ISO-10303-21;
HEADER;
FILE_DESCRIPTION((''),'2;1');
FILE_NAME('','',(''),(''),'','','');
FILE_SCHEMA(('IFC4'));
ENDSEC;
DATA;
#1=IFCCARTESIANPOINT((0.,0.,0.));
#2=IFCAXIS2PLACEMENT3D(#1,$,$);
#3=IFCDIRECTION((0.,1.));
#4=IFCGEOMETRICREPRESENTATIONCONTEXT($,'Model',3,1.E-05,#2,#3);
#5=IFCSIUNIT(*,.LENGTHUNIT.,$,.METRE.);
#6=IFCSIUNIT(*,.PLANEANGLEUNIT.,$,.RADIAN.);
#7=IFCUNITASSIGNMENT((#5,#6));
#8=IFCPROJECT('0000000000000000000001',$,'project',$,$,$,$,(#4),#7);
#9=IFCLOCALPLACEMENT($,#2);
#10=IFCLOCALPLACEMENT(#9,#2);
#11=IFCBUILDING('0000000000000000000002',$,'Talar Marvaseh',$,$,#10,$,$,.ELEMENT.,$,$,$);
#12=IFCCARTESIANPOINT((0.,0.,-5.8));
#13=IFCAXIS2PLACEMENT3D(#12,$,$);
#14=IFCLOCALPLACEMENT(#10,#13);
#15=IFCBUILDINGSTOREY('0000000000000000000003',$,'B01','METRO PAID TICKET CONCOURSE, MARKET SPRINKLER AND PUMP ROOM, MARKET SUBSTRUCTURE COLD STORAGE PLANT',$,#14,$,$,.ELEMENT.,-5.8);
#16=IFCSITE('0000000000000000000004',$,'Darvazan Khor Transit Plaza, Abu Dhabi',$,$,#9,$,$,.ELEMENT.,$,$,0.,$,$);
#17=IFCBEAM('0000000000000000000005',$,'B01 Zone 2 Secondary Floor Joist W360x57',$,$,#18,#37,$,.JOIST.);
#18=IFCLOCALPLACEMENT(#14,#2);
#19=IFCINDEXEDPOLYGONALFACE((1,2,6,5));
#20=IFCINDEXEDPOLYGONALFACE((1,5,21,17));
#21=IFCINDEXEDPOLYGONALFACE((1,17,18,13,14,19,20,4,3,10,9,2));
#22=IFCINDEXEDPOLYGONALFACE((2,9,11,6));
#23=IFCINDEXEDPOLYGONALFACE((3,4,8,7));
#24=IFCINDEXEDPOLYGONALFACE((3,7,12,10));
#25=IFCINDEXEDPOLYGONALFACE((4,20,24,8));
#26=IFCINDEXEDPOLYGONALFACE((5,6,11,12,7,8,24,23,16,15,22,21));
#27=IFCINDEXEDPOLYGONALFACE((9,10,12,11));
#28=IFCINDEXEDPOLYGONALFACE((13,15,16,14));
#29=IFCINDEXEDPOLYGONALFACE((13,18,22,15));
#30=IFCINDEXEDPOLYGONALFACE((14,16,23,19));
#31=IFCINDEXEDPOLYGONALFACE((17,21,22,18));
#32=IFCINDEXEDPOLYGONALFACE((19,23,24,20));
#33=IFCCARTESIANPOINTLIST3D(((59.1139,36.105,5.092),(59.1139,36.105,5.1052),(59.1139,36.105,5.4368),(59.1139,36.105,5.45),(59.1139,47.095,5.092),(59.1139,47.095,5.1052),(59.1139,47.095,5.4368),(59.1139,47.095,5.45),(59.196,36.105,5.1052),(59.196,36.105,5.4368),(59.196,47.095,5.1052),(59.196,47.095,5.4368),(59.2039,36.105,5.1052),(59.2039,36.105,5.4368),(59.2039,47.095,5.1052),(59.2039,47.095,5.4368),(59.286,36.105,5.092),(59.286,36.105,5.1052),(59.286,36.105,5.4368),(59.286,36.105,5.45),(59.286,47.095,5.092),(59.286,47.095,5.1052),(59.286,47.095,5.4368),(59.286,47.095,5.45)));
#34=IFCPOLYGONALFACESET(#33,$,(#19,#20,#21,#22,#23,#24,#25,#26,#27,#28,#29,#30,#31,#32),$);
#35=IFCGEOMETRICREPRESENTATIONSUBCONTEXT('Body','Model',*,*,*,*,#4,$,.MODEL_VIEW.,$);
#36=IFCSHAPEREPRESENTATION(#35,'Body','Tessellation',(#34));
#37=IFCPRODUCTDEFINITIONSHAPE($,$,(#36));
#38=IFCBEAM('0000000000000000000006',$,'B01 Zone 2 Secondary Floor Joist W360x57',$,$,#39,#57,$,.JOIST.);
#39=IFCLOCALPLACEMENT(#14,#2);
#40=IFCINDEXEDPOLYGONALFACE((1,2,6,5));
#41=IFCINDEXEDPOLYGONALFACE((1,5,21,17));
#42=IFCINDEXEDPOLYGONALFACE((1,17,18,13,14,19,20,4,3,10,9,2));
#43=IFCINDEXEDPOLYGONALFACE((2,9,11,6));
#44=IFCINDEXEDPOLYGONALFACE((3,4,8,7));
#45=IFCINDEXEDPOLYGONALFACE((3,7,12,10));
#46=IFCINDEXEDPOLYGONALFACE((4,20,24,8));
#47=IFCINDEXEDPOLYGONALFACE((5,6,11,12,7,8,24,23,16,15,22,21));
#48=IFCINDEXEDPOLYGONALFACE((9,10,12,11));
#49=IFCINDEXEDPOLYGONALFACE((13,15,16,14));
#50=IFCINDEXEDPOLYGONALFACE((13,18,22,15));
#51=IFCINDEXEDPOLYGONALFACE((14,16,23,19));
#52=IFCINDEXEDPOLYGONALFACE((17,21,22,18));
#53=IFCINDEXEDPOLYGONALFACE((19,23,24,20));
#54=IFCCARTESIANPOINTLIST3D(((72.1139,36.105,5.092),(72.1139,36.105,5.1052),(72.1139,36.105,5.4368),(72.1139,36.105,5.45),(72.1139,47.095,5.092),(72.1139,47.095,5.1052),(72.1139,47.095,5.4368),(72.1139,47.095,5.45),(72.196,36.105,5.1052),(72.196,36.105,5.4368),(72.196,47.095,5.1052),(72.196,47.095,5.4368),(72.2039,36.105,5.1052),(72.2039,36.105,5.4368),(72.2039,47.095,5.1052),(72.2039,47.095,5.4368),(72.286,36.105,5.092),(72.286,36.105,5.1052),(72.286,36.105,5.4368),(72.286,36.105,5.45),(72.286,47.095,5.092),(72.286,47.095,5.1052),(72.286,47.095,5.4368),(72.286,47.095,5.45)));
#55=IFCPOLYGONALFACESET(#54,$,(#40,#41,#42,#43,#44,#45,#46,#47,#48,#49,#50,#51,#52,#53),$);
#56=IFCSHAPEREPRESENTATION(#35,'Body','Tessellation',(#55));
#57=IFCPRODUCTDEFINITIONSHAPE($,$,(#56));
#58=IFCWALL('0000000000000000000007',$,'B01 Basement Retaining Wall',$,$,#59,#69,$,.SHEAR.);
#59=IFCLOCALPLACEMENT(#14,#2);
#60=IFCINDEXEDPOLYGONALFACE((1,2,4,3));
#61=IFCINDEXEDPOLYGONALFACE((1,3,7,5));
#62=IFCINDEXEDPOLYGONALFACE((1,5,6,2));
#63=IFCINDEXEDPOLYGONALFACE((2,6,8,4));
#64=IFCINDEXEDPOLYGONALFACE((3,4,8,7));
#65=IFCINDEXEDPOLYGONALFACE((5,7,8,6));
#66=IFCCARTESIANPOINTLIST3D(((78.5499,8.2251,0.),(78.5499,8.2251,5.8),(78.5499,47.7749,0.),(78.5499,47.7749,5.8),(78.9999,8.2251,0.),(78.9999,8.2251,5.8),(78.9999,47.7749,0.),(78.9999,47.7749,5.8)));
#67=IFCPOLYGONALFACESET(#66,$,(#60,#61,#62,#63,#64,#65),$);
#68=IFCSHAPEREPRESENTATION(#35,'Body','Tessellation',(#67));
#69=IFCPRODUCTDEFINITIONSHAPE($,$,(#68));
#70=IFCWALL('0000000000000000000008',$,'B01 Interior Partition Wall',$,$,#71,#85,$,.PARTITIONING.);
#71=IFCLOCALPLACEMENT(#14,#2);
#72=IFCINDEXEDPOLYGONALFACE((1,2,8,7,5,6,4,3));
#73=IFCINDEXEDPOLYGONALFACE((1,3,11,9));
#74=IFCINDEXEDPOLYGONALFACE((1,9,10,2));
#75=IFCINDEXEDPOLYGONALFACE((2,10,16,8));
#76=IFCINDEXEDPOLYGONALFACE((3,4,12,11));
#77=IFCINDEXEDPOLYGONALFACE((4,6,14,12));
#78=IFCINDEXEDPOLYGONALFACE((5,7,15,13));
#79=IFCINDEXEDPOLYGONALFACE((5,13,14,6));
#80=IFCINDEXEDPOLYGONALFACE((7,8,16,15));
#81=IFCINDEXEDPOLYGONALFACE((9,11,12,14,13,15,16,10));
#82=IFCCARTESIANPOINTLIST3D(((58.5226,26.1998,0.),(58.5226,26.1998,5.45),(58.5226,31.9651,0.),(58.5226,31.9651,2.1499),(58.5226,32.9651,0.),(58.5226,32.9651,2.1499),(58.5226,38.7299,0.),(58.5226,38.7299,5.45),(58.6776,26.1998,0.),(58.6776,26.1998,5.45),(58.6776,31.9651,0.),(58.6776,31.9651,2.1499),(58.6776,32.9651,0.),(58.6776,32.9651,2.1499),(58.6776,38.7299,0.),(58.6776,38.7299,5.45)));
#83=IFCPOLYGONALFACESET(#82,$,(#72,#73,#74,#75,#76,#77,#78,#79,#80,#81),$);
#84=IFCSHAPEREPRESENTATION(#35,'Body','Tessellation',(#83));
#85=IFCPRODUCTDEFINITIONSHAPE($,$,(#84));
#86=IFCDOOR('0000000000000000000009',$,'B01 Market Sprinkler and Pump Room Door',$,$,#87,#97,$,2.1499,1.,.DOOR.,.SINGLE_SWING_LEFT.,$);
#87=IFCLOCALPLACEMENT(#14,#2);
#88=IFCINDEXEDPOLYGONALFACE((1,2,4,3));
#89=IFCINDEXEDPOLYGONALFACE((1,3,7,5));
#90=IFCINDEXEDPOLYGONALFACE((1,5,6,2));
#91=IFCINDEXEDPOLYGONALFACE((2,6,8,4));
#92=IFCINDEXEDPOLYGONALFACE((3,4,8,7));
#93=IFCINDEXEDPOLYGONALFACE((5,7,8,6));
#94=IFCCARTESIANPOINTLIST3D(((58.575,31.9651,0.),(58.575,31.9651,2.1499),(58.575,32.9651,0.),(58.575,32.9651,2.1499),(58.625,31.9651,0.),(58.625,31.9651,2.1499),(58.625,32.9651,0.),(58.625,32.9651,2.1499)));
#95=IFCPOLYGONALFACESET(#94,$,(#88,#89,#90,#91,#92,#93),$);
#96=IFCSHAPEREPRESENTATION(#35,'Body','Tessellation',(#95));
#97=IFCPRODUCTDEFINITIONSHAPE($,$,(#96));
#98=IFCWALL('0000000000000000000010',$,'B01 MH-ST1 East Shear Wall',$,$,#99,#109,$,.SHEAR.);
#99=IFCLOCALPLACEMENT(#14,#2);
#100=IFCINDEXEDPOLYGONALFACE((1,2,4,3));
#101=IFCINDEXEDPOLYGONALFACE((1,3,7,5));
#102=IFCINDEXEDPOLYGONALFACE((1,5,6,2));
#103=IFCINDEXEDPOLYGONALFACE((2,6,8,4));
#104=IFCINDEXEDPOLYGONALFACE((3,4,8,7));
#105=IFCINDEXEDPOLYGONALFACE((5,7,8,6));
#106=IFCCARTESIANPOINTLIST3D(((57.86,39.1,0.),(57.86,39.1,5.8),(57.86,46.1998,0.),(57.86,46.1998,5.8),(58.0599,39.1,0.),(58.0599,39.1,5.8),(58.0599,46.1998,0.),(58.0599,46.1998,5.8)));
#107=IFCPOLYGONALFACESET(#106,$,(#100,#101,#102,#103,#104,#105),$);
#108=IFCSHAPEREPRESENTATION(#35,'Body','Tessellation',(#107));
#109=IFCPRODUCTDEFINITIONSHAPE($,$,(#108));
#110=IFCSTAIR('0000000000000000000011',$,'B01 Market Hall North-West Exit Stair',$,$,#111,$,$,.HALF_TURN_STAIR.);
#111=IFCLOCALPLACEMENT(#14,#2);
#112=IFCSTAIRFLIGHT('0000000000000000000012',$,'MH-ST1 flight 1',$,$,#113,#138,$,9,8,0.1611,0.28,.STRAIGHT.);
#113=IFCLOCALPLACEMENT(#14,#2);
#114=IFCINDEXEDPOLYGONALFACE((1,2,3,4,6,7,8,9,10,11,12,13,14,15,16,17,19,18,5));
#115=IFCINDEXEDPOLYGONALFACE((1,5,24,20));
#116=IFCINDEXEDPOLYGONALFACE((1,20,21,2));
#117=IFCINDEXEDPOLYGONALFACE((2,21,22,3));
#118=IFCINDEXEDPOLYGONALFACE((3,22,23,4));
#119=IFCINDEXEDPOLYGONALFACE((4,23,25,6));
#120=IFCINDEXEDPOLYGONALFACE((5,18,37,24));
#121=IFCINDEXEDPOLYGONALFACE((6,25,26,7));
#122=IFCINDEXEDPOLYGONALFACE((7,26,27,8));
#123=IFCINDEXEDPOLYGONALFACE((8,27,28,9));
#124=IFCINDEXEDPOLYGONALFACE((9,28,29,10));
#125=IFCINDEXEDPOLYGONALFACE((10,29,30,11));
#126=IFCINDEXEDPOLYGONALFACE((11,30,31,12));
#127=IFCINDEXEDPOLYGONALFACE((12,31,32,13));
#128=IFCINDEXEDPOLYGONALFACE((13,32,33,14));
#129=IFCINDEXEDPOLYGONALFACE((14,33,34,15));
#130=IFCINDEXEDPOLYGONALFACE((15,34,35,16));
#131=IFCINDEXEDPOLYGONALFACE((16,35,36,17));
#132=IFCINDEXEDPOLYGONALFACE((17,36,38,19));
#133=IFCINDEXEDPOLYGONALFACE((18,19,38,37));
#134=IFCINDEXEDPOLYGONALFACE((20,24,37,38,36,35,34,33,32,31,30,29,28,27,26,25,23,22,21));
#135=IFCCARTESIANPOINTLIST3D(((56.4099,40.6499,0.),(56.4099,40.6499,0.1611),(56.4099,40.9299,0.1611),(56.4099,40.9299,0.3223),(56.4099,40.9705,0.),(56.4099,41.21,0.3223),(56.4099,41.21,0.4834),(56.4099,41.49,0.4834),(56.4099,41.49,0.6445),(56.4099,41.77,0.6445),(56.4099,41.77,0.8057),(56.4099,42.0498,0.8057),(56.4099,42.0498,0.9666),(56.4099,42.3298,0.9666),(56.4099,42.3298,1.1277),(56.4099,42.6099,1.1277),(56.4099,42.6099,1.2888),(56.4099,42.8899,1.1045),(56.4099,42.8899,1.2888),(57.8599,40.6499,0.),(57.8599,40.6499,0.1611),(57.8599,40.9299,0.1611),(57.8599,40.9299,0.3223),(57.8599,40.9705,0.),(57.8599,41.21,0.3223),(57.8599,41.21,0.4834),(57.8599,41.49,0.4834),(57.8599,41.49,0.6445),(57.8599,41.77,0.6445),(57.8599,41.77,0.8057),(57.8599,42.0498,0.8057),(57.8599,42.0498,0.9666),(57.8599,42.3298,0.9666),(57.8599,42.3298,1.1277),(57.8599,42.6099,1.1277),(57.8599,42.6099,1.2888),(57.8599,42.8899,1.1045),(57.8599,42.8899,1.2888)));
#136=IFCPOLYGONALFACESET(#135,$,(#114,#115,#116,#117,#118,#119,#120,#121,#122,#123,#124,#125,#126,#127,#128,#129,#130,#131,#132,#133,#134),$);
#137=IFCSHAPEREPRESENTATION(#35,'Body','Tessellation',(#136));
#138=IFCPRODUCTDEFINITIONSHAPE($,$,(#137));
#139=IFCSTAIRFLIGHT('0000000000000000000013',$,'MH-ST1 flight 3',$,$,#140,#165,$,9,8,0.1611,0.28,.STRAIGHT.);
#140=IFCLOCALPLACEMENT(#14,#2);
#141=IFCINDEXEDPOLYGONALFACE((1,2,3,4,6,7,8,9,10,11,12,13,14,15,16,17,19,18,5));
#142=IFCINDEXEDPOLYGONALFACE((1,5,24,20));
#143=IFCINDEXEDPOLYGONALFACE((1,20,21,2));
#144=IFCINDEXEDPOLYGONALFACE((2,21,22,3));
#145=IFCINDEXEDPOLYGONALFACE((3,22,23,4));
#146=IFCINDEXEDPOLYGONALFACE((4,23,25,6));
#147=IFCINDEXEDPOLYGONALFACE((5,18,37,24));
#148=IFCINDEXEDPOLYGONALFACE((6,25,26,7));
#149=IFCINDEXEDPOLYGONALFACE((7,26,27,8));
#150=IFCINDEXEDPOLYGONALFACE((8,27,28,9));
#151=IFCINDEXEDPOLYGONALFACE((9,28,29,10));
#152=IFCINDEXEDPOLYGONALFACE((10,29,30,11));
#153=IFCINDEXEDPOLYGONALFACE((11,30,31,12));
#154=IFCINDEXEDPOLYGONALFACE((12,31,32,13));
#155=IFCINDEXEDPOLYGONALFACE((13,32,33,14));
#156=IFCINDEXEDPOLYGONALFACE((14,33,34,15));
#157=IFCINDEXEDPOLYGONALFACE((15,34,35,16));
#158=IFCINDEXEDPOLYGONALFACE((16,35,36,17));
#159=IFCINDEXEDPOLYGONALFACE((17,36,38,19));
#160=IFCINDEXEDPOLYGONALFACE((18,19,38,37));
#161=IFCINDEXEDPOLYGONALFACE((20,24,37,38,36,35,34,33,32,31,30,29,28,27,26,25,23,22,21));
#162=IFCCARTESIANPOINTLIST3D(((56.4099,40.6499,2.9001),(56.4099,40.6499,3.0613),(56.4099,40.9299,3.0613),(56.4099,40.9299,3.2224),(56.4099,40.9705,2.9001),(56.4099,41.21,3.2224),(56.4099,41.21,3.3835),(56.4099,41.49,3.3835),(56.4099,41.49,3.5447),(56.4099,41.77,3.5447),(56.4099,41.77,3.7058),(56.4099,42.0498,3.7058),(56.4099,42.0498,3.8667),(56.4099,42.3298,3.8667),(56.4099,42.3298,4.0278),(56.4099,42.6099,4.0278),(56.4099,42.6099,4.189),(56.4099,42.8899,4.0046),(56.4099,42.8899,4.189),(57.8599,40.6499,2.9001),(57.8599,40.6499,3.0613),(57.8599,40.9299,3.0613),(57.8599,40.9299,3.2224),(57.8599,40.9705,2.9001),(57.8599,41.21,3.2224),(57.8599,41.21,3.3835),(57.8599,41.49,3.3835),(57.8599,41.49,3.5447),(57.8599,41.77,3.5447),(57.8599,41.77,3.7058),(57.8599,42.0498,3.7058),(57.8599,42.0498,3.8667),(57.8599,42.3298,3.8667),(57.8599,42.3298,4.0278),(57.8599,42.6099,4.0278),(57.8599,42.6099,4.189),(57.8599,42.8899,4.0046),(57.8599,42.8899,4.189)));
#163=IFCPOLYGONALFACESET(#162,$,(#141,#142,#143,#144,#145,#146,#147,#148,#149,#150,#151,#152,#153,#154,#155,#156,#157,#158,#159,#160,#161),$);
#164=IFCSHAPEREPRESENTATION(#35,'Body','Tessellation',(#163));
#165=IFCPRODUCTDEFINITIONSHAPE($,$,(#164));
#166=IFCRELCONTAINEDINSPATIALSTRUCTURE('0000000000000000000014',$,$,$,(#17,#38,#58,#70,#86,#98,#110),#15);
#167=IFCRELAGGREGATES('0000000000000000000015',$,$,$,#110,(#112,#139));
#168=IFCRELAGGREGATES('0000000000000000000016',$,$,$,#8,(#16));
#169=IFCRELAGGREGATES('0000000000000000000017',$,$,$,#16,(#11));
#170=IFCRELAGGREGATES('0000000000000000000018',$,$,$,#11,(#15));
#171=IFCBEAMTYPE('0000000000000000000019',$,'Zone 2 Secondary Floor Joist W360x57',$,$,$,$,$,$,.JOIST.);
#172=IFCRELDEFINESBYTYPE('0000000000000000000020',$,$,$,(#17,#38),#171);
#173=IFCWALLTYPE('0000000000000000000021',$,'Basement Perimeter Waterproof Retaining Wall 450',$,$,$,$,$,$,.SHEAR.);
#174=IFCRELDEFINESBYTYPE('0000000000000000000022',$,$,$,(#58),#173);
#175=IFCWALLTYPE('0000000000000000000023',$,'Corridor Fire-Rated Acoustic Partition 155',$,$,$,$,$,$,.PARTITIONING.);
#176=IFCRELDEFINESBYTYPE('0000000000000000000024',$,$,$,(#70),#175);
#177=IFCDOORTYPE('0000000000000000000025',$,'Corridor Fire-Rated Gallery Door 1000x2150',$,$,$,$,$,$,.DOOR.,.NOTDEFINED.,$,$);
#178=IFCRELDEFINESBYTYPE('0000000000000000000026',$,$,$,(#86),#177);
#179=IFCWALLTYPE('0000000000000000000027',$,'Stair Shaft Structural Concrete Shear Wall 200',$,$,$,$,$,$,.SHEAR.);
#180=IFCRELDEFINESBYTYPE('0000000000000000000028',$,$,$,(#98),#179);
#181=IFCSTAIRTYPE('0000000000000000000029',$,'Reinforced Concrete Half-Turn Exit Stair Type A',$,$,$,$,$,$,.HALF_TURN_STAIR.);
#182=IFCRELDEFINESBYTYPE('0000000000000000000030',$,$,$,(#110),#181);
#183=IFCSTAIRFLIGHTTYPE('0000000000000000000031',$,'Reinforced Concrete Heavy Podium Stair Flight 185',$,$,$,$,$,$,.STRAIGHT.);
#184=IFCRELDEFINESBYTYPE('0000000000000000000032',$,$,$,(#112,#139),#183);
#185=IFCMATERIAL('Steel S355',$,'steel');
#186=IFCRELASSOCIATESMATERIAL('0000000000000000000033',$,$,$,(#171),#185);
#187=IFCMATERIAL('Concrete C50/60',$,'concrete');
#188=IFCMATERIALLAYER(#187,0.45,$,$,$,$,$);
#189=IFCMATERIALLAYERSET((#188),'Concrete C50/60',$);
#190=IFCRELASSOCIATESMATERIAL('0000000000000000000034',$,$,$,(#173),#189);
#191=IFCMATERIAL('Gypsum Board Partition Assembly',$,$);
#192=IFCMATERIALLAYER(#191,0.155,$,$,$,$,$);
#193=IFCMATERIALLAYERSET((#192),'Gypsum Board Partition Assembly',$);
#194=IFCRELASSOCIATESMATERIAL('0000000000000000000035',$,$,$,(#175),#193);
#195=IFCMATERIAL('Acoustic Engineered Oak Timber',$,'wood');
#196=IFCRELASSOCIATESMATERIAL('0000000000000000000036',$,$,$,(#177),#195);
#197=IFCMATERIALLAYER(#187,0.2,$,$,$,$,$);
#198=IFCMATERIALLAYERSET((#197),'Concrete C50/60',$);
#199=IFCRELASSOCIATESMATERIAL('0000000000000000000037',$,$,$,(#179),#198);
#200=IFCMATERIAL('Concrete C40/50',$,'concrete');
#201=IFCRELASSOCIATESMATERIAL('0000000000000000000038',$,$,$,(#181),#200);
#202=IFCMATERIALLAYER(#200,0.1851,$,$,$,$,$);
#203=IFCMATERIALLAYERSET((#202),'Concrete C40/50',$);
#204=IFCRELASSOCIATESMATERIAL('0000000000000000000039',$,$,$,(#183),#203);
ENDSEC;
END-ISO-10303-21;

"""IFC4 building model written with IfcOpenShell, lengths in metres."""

from ifc_helpers import new_model, si_unit, direction, frame, frame_2d, origin, origin_2d, place, context, subcontext, project, spatial, polyline, rectangle, i_section, outline, extrude, source, transform, mapped, material, layer, layer_set, material_profile, profile_set, type_object, type_shapes, element, fill, aggregate, save


model = new_model("IFC4")

# Units and contexts
model_context = context("Model", 3, precision=1e-05, world=origin(), true_north=direction((0.0, 1.0)))
body_context = subcontext(model_context, "Body", "Model", "MODEL_VIEW")
ifc_project = project(units=[si_unit("LENGTHUNIT", "METRE"), si_unit("PLANEANGLEUNIT", "RADIAN")], contexts=[model_context])

# Site, building, storey
site_placement = place(None, origin())
site = spatial("IfcSite", under=ifc_project, at=site_placement, Name="Darvazan Khor Transit Plaza, Abu Dhabi", CompositionType="ELEMENT", RefElevation=0.0)
building_placement = place(site_placement, origin())
building = spatial("IfcBuilding", under=site, at=building_placement, Name="Talar Marvaseh", CompositionType="ELEMENT")
storey_placement = place(building_placement, frame((0.0, 0.0, -5.8)))
storey = spatial("IfcBuildingStorey", under=building, at=storey_placement, Name="B01", Description="METRO PAID TICKET CONCOURSE, MARKET SPRINKLER AND PUMP ROOM, MARKET SUBSTRUCTURE COLD STORAGE PLANT", CompositionType="ELEMENT", Elevation=-5.8)

# Shared definitions
ifc_material_1 = material(Name="Concrete C40/50", Category="concrete")

# Beams
ifc_material_2 = material(Name="Steel S355", Category="steel")
ifc_material_profile_1 = material_profile(ifc_material_2, i_section(OverallWidth=0.1721, OverallDepth=0.3579, WebThickness=0.0078, FlangeThickness=0.0132, at=origin_2d()), Name="W360x57")
ifc_profile_set_1 = profile_set([ifc_material_profile_1], Name="Steel S355")
beam_type_1 = type_object("IfcBeamType", Name="Zone 2 Secondary Floor Joist W360x57", PredefinedType="JOIST", material=ifc_profile_set_1)
for number, where, z_axis, x_axis, name in (
    (1, (59.2, 36.105, 5.271), (0.0, 1.0, 0.0), (-1.0, 0.0, 0.0), "B01 Zone 2 Secondary Floor Joist W360x57"),
    (2, (72.2, 36.105, 5.271), (0.0, 1.0, 0.0), (-1.0, 0.0, 0.0), "B01 Zone 2 Secondary Floor Joist W360x57"),
):
    element("IfcBeam", number, at=place(storey_placement, frame(where, z_axis=z_axis, x_axis=x_axis)), inside=storey, type_object=beam_type_1, Name=name, PredefinedType="JOIST", context=body_context, shape_type="SweptSolid", body=[
        extrude(i_section(OverallWidth=0.1721, OverallDepth=0.3579, WebThickness=0.0078, FlangeThickness=0.0132, at=origin_2d()), origin(), (0.0, 0.0, 1.0), 10.99),
    ])

# Wall
ifc_material_3 = material(Name="Concrete C50/60", Category="concrete")
ifc_layer_1 = layer(ifc_material_3, 0.45)
ifc_layer_set_1 = layer_set([ifc_layer_1], Name="Concrete C50/60")
wall_type_1 = type_object("IfcWallType", Name="Basement Perimeter Waterproof Retaining Wall 450", PredefinedType="SHEAR", material=ifc_layer_set_1)
wall_1_placement = place(storey_placement, frame((78.7749, 47.7749, 0.0), z_axis=(0.0, 0.0, 1.0), x_axis=(0.0, -1.0, 0.0)))
element("IfcWall", 3, at=wall_1_placement, inside=storey, type_object=wall_type_1, Name="B01 Basement Retaining Wall", PredefinedType="SHEAR", context=body_context, shape_type="SweptSolid", body=[
    extrude(rectangle(XDim=39.5498, YDim=0.45, at=frame_2d((19.7749, 0.0))), origin(), (0.0, 0.0, 1.0), 5.8),
])

# Wall, opening, door
ifc_material_4 = material(Name="Gypsum Board Partition Assembly")
ifc_layer_2 = layer(ifc_material_4, 0.155)
ifc_layer_set_2 = layer_set([ifc_layer_2], Name="Gypsum Board Partition Assembly")
wall_type_2 = type_object("IfcWallType", Name="Corridor Fire-Rated Acoustic Partition 155", PredefinedType="PARTITIONING", material=ifc_layer_set_2)
wall_2_placement = place(storey_placement, frame((58.6001, 38.73, 0.0), z_axis=(0.0, 0.0, 1.0), x_axis=(0.0, -1.0, 0.0)))
wall_2 = element("IfcWall", 4, at=wall_2_placement, inside=storey, type_object=wall_type_2, Name="B01 Interior Partition Wall", PredefinedType="PARTITIONING", context=body_context, shape_type="SweptSolid", body=[
    extrude(rectangle(XDim=12.53, YDim=0.155, at=frame_2d((6.2651, 0.0))), origin(), (0.0, 0.0, 1.0), 5.45),
])
opening_1_placement = place(wall_2_placement, frame((5.7649, 0.0, 0.0)))
opening_1 = element("IfcOpeningElement", 5, at=opening_1_placement, cuts=wall_2, PredefinedType="OPENING", context=body_context, shape_type="SweptSolid", body=[
    extrude(rectangle(XDim=1.0, YDim=2.1499, at=frame_2d((0.5, 1.075))), frame((0.0, 0.0874, 0.0), z_axis=(0.0, -1.0, 0.0), x_axis=(1.0, 0.0, 0.0)), (0.0, 0.0, 1.0), 0.175),
])
ifc_material_5 = material(Name="Acoustic Engineered Oak Timber", Category="wood")
door_type_1 = type_object("IfcDoorType", Name="Corridor Fire-Rated Gallery Door 1000x2150", OperationType="NOTDEFINED", PredefinedType="DOOR", material=ifc_material_5)
shared_shape_1 = source(origin(), body_context, "Body", "SweptSolid", [
    extrude(rectangle(XDim=1.0, YDim=2.1499, at=frame_2d((0.5, 1.075))), frame((0.0, 0.0249, 0.0), z_axis=(0.0, -1.0, 0.0), x_axis=(1.0, 0.0, 0.0)), (0.0, 0.0, 1.0), 0.05),
])
type_shapes(door_type_1, [shared_shape_1])
door_1_placement = place(opening_1_placement, origin())
door_1 = element("IfcDoor", 6, at=door_1_placement, inside=storey, type_object=door_type_1, Name="B01 Market Sprinkler and Pump Room Door", OperationType="SINGLE_SWING_LEFT", OverallHeight=2.1499, OverallWidth=1.0, PredefinedType="DOOR", context=body_context, shape_type="MappedRepresentation", body=[
    mapped(shared_shape_1, transform((0.0, 0.0, 0.0), x_axis=(1.0, 0.0, 0.0), y_axis=(0.0, 1.0, 0.0), z_axis=(0.0, 0.0, 1.0), scale=1.0)),
])
fill(opening_1, door_1)
ifc_layer_3 = layer(ifc_material_3, 0.2)
ifc_layer_set_3 = layer_set([ifc_layer_3], Name="Concrete C50/60")
wall_type_3 = type_object("IfcWallType", Name="Stair Shaft Structural Concrete Shear Wall 200", PredefinedType="SHEAR", material=ifc_layer_set_3)

# Wall
wall_3_placement = place(storey_placement, frame((57.96, 39.1001, 0.0), z_axis=(0.0, 0.0, 1.0), x_axis=(0.0, 1.0, 0.0)))
element("IfcWall", 7, at=wall_3_placement, inside=storey, type_object=wall_type_3, Name="B01 MH-ST1 East Shear Wall", PredefinedType="SHEAR", context=body_context, shape_type="SweptSolid", body=[
    extrude(rectangle(XDim=7.0999, YDim=0.2, at=frame_2d((3.5498, 0.0))), origin(), (0.0, 0.0, 1.0), 5.8),
])

# Stair, stair flights
stair_type = type_object("IfcStairType", Name="Reinforced Concrete Half-Turn Exit Stair Type A", PredefinedType="HALF_TURN_STAIR", material=ifc_material_1)
stair_placement = place(storey_placement, origin())
stair = element("IfcStair", 8, at=stair_placement, inside=storey, type_object=stair_type, Name="B01 Market Hall North-West Exit Stair", PredefinedType="HALF_TURN_STAIR")
ifc_layer_4 = layer(ifc_material_1, 0.1851)
ifc_layer_set_4 = layer_set([ifc_layer_4], Name="Concrete C40/50")
stair_flight_type = type_object("IfcStairFlightType", Name="Reinforced Concrete Heavy Podium Stair Flight 185", PredefinedType="STRAIGHT", material=ifc_layer_set_4)
stair_flight_1_placement = place(storey_placement, frame((57.135, 40.6499, 0.0), z_axis=(0.0, 0.0, 1.0), x_axis=(0.0, 1.0, 0.0)))
stair_flight_1 = element("IfcStairFlight", 9, at=stair_flight_1_placement, type_object=stair_flight_type, Name="MH-ST1 flight 1", NumberOfRisers=9, NumberOfTreads=8, PredefinedType="STRAIGHT", RiserHeight=0.1611, TreadLength=0.28, context=body_context, shape_type="SweptSolid", body=[
    extrude(outline(polyline([(0.0, 0.0), (0.0, 0.1611), (0.28, 0.1611), (0.28, 0.3223), (0.5601, 0.3223), (0.5601, 0.4834), (0.8401, 0.4834), (0.8401, 0.6445), (1.1201, 0.6445), (1.1201, 0.8057), (1.3999, 0.8057), (1.3999, 0.9666), (1.6799, 0.9666), (1.6799, 1.1277), (1.96, 1.1277), (1.96, 1.2888), (2.24, 1.2888), (2.24, 1.45), (2.24, 1.1045), (0.3206, 0.0), (0.0, 0.0)])), frame((0.0, 0.7251, 0.0), z_axis=(0.0, -1.0, 0.0), x_axis=(1.0, 0.0, 0.0)), (0.0, 0.0, 1.0), 1.45),
])
stair_flight_2_placement = place(storey_placement, frame((57.135, 40.6499, 2.9001), z_axis=(0.0, 0.0, 1.0), x_axis=(0.0, 1.0, 0.0)))
stair_flight_2 = element("IfcStairFlight", 10, at=stair_flight_2_placement, type_object=stair_flight_type, Name="MH-ST1 flight 3", NumberOfRisers=9, NumberOfTreads=8, PredefinedType="STRAIGHT", RiserHeight=0.1611, TreadLength=0.28, context=body_context, shape_type="SweptSolid", body=[
    extrude(outline(polyline([(0.0, 0.0), (0.0, 0.1611), (0.28, 0.1611), (0.28, 0.3223), (0.5601, 0.3223), (0.5601, 0.4834), (0.8401, 0.4834), (0.8401, 0.6445), (1.1201, 0.6445), (1.1201, 0.8057), (1.3999, 0.8057), (1.3999, 0.9666), (1.6799, 0.9666), (1.6799, 1.1277), (1.96, 1.1277), (1.96, 1.2888), (2.24, 1.2888), (2.24, 1.45), (2.24, 1.1045), (0.3206, 0.0), (0.0, 0.0)])), frame((0.0, 0.7251, 0.0), z_axis=(0.0, -1.0, 0.0), x_axis=(1.0, 0.0, 0.0)), (0.0, 0.0, 1.0), 1.45),
])
aggregate(stair, [stair_flight_1, stair_flight_2])

save(model, "model.ifc")
